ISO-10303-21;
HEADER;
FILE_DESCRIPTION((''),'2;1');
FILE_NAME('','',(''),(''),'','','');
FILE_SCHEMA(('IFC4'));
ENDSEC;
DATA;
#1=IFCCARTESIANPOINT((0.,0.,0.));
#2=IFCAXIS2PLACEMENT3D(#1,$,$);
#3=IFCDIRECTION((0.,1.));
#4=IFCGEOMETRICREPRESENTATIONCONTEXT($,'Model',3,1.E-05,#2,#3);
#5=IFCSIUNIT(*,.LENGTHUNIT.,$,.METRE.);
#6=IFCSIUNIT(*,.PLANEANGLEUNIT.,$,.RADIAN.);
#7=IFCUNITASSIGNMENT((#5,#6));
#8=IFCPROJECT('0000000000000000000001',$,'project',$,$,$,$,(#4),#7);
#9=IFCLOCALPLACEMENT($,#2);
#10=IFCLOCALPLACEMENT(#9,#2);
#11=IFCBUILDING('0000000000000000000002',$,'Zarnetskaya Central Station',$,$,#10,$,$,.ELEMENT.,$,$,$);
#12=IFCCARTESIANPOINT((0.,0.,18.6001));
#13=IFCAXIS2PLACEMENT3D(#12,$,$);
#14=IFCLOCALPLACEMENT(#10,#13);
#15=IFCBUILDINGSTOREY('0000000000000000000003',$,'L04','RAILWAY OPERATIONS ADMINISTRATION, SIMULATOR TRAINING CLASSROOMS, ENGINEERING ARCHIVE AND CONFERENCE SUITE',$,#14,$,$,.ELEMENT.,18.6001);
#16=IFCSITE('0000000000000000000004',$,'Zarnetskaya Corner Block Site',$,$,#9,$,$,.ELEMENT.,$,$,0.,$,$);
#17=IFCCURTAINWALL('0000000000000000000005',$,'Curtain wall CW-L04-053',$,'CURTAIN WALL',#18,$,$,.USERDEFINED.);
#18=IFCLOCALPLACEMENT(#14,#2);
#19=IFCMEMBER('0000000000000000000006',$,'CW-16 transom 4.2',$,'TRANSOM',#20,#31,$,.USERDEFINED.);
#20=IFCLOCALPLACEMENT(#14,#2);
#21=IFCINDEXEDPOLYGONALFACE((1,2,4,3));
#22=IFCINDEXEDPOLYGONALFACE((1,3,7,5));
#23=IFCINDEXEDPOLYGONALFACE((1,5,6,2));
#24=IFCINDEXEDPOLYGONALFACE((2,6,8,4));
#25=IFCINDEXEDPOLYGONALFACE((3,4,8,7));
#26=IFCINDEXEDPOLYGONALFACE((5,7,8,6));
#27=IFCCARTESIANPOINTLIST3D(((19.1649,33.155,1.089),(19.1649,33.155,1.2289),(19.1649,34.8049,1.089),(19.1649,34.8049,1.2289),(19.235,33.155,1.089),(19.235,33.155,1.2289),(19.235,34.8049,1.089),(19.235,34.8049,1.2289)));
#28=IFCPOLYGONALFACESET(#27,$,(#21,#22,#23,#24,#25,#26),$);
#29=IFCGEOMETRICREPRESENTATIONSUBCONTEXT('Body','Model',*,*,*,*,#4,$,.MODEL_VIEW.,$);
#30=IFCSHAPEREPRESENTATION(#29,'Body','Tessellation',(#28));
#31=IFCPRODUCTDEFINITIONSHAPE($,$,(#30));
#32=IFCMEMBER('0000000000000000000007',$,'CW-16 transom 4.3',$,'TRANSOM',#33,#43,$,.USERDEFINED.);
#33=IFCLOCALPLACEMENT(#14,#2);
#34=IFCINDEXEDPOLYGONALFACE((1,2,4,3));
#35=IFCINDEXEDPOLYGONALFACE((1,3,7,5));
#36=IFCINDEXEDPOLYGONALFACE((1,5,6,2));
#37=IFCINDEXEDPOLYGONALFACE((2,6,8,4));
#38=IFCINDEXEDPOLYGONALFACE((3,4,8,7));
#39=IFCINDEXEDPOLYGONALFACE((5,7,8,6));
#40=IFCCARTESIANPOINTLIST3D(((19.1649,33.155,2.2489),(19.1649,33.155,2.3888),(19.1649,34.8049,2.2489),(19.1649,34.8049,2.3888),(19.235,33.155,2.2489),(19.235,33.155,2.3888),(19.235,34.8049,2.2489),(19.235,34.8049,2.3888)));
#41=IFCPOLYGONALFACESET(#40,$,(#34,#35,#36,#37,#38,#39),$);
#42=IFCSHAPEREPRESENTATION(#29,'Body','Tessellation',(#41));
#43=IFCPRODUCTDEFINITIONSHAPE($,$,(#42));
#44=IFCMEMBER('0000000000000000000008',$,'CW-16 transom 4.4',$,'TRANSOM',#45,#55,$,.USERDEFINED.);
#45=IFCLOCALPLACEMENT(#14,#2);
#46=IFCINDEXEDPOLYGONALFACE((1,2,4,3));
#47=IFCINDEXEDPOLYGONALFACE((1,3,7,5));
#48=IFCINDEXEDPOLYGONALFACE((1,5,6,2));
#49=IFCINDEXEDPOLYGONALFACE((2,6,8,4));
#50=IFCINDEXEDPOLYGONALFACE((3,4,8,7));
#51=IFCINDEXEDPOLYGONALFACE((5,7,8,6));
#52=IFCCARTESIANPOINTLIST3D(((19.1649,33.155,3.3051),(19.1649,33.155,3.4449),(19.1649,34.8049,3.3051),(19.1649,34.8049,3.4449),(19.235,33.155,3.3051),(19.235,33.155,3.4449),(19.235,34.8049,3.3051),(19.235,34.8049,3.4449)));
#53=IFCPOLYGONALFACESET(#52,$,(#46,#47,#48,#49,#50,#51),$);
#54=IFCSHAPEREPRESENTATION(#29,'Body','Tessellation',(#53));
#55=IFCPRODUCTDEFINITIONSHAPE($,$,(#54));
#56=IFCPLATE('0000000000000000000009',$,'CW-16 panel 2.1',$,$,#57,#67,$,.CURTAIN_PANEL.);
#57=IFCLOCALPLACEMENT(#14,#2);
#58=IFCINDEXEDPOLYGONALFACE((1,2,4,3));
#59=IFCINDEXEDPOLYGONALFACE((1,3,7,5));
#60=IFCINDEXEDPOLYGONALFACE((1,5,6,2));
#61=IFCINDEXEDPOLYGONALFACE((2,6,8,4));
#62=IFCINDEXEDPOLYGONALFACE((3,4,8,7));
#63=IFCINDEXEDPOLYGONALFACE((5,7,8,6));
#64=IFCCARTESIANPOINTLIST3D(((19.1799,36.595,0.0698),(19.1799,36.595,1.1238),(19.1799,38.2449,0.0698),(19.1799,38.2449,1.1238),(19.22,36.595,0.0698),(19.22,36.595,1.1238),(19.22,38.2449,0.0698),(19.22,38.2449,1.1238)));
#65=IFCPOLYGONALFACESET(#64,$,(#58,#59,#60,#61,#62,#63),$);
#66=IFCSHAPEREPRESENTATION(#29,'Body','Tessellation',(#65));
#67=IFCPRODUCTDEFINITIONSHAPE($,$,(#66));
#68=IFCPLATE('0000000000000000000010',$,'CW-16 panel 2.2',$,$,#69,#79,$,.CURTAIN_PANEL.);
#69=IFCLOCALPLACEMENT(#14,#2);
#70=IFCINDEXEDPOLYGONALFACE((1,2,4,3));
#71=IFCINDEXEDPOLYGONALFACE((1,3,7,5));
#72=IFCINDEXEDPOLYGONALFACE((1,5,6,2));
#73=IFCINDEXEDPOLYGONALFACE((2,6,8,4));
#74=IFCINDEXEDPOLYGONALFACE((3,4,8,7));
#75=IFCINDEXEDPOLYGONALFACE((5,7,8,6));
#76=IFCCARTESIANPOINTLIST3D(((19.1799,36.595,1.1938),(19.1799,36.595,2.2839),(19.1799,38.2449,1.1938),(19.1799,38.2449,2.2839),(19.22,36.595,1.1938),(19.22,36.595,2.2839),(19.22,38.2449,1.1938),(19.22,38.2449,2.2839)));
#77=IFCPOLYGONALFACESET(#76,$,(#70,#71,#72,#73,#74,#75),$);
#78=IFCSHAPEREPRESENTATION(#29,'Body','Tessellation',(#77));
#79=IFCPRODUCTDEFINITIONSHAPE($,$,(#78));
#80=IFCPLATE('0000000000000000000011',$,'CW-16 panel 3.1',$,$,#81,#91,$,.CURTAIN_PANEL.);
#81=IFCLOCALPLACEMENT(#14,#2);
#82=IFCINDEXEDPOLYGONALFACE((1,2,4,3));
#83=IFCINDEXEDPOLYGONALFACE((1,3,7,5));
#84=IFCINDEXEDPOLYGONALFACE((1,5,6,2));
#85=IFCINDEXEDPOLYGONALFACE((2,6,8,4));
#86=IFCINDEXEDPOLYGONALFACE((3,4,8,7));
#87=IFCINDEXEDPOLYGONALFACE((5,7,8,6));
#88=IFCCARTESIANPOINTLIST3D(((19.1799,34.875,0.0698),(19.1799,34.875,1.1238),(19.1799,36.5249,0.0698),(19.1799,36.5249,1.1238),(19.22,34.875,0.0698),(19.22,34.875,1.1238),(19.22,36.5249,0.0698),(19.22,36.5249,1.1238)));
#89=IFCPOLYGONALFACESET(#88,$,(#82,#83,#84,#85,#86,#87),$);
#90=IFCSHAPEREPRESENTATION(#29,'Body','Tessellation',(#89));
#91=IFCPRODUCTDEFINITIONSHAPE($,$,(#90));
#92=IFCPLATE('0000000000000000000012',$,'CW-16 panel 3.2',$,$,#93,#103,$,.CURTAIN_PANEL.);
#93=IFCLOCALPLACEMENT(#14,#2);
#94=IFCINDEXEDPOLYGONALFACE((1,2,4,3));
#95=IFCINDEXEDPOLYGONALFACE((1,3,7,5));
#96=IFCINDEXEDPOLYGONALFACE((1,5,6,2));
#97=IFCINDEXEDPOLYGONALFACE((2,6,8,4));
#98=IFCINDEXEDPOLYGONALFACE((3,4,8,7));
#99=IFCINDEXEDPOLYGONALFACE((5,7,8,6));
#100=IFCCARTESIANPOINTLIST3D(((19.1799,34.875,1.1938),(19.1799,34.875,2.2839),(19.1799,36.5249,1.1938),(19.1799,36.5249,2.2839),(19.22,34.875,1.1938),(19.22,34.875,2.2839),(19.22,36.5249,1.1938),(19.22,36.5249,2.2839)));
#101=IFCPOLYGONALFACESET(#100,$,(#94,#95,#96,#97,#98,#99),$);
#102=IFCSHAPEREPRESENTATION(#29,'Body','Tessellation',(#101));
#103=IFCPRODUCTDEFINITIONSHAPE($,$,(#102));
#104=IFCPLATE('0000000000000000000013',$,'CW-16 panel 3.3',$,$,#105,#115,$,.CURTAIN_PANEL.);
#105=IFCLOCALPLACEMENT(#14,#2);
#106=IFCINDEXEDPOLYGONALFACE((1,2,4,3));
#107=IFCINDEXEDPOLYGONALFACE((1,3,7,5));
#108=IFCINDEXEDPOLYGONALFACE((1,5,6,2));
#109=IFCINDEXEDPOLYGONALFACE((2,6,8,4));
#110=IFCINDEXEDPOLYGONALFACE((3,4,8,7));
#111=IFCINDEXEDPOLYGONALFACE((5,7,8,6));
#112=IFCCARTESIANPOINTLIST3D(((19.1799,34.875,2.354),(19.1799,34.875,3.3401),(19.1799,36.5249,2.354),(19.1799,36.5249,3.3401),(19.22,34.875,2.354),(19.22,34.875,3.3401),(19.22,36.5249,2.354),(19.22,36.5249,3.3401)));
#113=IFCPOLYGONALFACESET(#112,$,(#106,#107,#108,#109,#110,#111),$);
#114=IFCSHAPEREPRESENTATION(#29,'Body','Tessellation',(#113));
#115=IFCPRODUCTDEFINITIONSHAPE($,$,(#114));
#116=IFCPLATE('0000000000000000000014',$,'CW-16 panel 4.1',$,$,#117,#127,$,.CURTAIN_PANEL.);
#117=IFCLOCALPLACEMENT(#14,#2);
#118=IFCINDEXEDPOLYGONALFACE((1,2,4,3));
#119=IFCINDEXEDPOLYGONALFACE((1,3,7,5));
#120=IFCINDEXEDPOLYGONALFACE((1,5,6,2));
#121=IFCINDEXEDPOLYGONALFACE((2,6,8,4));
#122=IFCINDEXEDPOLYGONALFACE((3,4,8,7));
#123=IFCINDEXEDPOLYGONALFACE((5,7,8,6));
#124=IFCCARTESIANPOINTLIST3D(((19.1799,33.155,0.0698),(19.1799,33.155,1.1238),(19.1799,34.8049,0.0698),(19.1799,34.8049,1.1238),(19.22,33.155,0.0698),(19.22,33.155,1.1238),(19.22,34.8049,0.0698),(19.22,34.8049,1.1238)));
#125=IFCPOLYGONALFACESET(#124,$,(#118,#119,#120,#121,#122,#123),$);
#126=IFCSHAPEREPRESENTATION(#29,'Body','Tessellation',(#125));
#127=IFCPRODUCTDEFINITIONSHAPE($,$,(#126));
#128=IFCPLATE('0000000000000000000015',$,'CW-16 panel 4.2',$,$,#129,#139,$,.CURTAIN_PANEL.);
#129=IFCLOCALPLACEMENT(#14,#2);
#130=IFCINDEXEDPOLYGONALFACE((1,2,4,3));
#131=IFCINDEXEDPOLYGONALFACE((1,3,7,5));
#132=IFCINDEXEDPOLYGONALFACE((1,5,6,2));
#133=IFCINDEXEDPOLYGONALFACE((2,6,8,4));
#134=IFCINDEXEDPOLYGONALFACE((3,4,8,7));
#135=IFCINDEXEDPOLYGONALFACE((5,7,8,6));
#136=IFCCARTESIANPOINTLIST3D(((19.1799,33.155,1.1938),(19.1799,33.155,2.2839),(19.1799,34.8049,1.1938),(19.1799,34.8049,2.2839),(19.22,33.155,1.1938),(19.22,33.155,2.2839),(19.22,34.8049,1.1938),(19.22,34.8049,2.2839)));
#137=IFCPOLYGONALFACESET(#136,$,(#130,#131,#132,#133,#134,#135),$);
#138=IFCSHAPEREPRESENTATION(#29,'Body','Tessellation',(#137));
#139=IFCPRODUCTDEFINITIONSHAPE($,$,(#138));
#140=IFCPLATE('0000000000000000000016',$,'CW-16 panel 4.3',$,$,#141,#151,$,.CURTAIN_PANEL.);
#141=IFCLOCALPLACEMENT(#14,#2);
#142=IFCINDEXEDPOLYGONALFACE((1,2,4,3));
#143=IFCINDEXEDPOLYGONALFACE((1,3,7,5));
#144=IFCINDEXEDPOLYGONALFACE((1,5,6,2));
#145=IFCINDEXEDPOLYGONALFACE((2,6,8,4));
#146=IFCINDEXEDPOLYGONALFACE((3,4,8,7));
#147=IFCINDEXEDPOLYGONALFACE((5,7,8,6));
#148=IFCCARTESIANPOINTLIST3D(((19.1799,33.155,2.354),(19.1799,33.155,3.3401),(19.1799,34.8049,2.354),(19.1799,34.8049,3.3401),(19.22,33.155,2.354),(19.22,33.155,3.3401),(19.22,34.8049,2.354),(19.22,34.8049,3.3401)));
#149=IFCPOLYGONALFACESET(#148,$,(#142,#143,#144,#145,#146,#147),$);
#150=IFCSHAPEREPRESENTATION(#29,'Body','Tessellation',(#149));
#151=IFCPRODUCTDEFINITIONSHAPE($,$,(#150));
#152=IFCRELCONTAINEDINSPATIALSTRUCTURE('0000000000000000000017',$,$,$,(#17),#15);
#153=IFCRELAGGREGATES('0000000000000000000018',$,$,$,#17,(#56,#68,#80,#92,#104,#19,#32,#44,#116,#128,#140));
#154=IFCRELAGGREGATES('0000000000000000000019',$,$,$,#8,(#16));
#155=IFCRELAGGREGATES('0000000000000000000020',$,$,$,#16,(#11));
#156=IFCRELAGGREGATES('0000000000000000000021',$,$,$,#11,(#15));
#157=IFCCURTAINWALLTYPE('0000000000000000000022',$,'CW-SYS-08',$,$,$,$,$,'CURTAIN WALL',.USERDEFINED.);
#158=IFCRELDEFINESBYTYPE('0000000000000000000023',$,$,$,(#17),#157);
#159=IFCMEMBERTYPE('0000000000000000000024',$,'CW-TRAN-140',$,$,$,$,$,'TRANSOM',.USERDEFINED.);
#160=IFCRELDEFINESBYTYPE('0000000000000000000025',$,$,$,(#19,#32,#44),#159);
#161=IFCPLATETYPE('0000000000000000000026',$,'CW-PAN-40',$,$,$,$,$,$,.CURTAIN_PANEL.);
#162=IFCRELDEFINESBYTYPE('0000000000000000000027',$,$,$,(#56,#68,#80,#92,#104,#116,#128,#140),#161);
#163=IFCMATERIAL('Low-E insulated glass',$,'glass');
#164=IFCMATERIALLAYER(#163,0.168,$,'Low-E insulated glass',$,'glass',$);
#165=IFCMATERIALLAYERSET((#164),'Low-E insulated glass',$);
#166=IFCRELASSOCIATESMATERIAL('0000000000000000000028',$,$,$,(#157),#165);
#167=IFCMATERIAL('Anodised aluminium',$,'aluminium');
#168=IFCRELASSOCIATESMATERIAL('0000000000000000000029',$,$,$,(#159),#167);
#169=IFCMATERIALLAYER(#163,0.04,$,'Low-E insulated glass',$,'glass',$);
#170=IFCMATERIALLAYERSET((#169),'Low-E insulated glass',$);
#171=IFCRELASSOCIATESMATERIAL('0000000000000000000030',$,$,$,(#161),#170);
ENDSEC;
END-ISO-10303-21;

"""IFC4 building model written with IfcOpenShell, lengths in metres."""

from ifc_helpers import new_model, si_unit, direction, frame, origin, origin_2d, place, context, subcontext, project, spatial, rectangle, extrude, material, layer, layer_set, material_profile, profile_set, type_object, element, aggregate, save


model = new_model("IFC4")

# Units and contexts
model_context = context("Model", 3, precision=1e-05, world=origin(), true_north=direction((0.0, 1.0)))
body_context = subcontext(model_context, "Body", "Model", "MODEL_VIEW")
ifc_project = project(units=[si_unit("LENGTHUNIT", "METRE"), si_unit("PLANEANGLEUNIT", "RADIAN")], contexts=[model_context])

# Site, building, storey
site_placement = place(None, origin())
site = spatial("IfcSite", under=ifc_project, at=site_placement, Name="Zarnetskaya Corner Block Site", CompositionType="ELEMENT", RefElevation=0.0)
building_placement = place(site_placement, origin())
building = spatial("IfcBuilding", under=site, at=building_placement, Name="Zarnetskaya Central Station", CompositionType="ELEMENT")
storey_placement = place(building_placement, frame((0.0, 0.0, 18.6001)))
storey = spatial("IfcBuildingStorey", under=building, at=storey_placement, Name="L04", Description="RAILWAY OPERATIONS ADMINISTRATION, SIMULATOR TRAINING CLASSROOMS, ENGINEERING ARCHIVE AND CONFERENCE SUITE", CompositionType="ELEMENT", Elevation=18.6001)

# Curtain wall, members, plates
ifc_material_1 = material(Name="Low-E insulated glass", Category="glass")
ifc_layer_1 = layer(ifc_material_1, 0.168, Name="Low-E insulated glass", Category="glass")
ifc_layer_set_1 = layer_set([ifc_layer_1], Name="Low-E insulated glass")
curtain_wall_type = type_object("IfcCurtainWallType", Name="CW-SYS-08", ElementType="CURTAIN WALL", PredefinedType="USERDEFINED", material=ifc_layer_set_1)
curtain_wall_placement = place(storey_placement, origin())
curtain_wall = element("IfcCurtainWall", 1, at=curtain_wall_placement, inside=storey, type_object=curtain_wall_type, Name="Curtain wall CW-L04-053", ObjectType="CURTAIN WALL", PredefinedType="USERDEFINED")
ifc_material_2 = material(Name="Anodised aluminium", Category="aluminium")
ifc_material_profile_1 = material_profile(ifc_material_2, rectangle(XDim=0.0701, YDim=0.1399, at=origin_2d()), Name="ALU TRAN 70x140")
ifc_profile_set_1 = profile_set([ifc_material_profile_1], Name="Anodised aluminium")
member_type_1 = type_object("IfcMemberType", Name="CW-TRAN-140", ElementType="TRANSOM", PredefinedType="USERDEFINED", material=ifc_profile_set_1)
member_1_placement = place(storey_placement, frame((19.2, 34.8049, 1.1589), z_axis=(0.0, -1.0, 0.0), x_axis=(1.0, 0.0, 0.0)))
member_1 = element("IfcMember", 2, at=member_1_placement, type_object=member_type_1, Name="CW-16 transom 4.2", ObjectType="TRANSOM", PredefinedType="USERDEFINED", context=body_context, shape_type="SweptSolid", body=[
    extrude(rectangle(XDim=0.0701, YDim=0.1399, at=origin_2d()), origin(), (0.0, 0.0, 1.0), 1.6499),
])
member_2_placement = place(storey_placement, frame((19.2, 34.8049, 2.3188), z_axis=(0.0, -1.0, 0.0), x_axis=(1.0, 0.0, 0.0)))
member_2 = element("IfcMember", 3, at=member_2_placement, type_object=member_type_1, Name="CW-16 transom 4.3", ObjectType="TRANSOM", PredefinedType="USERDEFINED", context=body_context, shape_type="SweptSolid", body=[
    extrude(rectangle(XDim=0.0701, YDim=0.1399, at=origin_2d()), origin(), (0.0, 0.0, 1.0), 1.6499),
])
member_3_placement = place(storey_placement, frame((19.2, 34.8049, 3.375), z_axis=(0.0, -1.0, 0.0), x_axis=(1.0, 0.0, 0.0)))
member_3 = element("IfcMember", 4, at=member_3_placement, type_object=member_type_1, Name="CW-16 transom 4.4", ObjectType="TRANSOM", PredefinedType="USERDEFINED", context=body_context, shape_type="SweptSolid", body=[
    extrude(rectangle(XDim=0.0701, YDim=0.1399, at=origin_2d()), origin(), (0.0, 0.0, 1.0), 1.6499),
])
ifc_layer_2 = layer(ifc_material_1, 0.04, Name="Low-E insulated glass", Category="glass")
ifc_layer_set_2 = layer_set([ifc_layer_2], Name="Low-E insulated glass")
plate_type = type_object("IfcPlateType", Name="CW-PAN-40", PredefinedType="CURTAIN_PANEL", material=ifc_layer_set_2)
plate_1_placement = place(storey_placement, frame((19.2, 37.4199, 0.0698), z_axis=(0.0, 0.0, 1.0), x_axis=(0.0, -1.0, 0.0)))
plate_1 = element("IfcPlate", 5, at=plate_1_placement, type_object=plate_type, Name="CW-16 panel 2.1", PredefinedType="CURTAIN_PANEL", context=body_context, shape_type="SweptSolid", body=[
    extrude(rectangle(XDim=1.6499, YDim=0.04, at=origin_2d()), origin(), (0.0, 0.0, 1.0), 1.054),
])
plate_2_placement = place(storey_placement, frame((19.2, 37.4199, 1.1938), z_axis=(0.0, 0.0, 1.0), x_axis=(0.0, -1.0, 0.0)))
plate_2 = element("IfcPlate", 6, at=plate_2_placement, type_object=plate_type, Name="CW-16 panel 2.2", PredefinedType="CURTAIN_PANEL", context=body_context, shape_type="SweptSolid", body=[
    extrude(rectangle(XDim=1.6499, YDim=0.04, at=origin_2d()), origin(), (0.0, 0.0, 1.0), 1.0901),
])
plate_3_placement = place(storey_placement, frame((19.2, 35.7, 0.0698), z_axis=(0.0, 0.0, 1.0), x_axis=(0.0, -1.0, 0.0)))
plate_3 = element("IfcPlate", 7, at=plate_3_placement, type_object=plate_type, Name="CW-16 panel 3.1", PredefinedType="CURTAIN_PANEL", context=body_context, shape_type="SweptSolid", body=[
    extrude(rectangle(XDim=1.6499, YDim=0.04, at=origin_2d()), origin(), (0.0, 0.0, 1.0), 1.054),
])
plate_4_placement = place(storey_placement, frame((19.2, 35.7, 1.1938), z_axis=(0.0, 0.0, 1.0), x_axis=(0.0, -1.0, 0.0)))
plate_4 = element("IfcPlate", 8, at=plate_4_placement, type_object=plate_type, Name="CW-16 panel 3.2", PredefinedType="CURTAIN_PANEL", context=body_context, shape_type="SweptSolid", body=[
    extrude(rectangle(XDim=1.6499, YDim=0.04, at=origin_2d()), origin(), (0.0, 0.0, 1.0), 1.0901),
])
plate_5_placement = place(storey_placement, frame((19.2, 35.7, 2.354), z_axis=(0.0, 0.0, 1.0), x_axis=(0.0, -1.0, 0.0)))
plate_5 = element("IfcPlate", 9, at=plate_5_placement, type_object=plate_type, Name="CW-16 panel 3.3", PredefinedType="CURTAIN_PANEL", context=body_context, shape_type="SweptSolid", body=[
    extrude(rectangle(XDim=1.6499, YDim=0.04, at=origin_2d()), origin(), (0.0, 0.0, 1.0), 0.9861),
])
plate_6_placement = place(storey_placement, frame((19.2, 33.98, 0.0698), z_axis=(0.0, 0.0, 1.0), x_axis=(0.0, -1.0, 0.0)))
plate_6 = element("IfcPlate", 10, at=plate_6_placement, type_object=plate_type, Name="CW-16 panel 4.1", PredefinedType="CURTAIN_PANEL", context=body_context, shape_type="SweptSolid", body=[
    extrude(rectangle(XDim=1.6499, YDim=0.04, at=origin_2d()), origin(), (0.0, 0.0, 1.0), 1.054),
])
plate_7_placement = place(storey_placement, frame((19.2, 33.98, 1.1938), z_axis=(0.0, 0.0, 1.0), x_axis=(0.0, -1.0, 0.0)))
plate_7 = element("IfcPlate", 11, at=plate_7_placement, type_object=plate_type, Name="CW-16 panel 4.2", PredefinedType="CURTAIN_PANEL", context=body_context, shape_type="SweptSolid", body=[
    extrude(rectangle(XDim=1.6499, YDim=0.04, at=origin_2d()), origin(), (0.0, 0.0, 1.0), 1.0901),
])
plate_8_placement = place(storey_placement, frame((19.2, 33.98, 2.354), z_axis=(0.0, 0.0, 1.0), x_axis=(0.0, -1.0, 0.0)))
plate_8 = element("IfcPlate", 12, at=plate_8_placement, type_object=plate_type, Name="CW-16 panel 4.3", PredefinedType="CURTAIN_PANEL", context=body_context, shape_type="SweptSolid", body=[
    extrude(rectangle(XDim=1.6499, YDim=0.04, at=origin_2d()), origin(), (0.0, 0.0, 1.0), 0.9861),
])
aggregate(curtain_wall, [plate_1, plate_2, plate_3, plate_4, plate_5, member_1, member_2, member_3, plate_6, plate_7, plate_8])

save(model, "model.ifc")
